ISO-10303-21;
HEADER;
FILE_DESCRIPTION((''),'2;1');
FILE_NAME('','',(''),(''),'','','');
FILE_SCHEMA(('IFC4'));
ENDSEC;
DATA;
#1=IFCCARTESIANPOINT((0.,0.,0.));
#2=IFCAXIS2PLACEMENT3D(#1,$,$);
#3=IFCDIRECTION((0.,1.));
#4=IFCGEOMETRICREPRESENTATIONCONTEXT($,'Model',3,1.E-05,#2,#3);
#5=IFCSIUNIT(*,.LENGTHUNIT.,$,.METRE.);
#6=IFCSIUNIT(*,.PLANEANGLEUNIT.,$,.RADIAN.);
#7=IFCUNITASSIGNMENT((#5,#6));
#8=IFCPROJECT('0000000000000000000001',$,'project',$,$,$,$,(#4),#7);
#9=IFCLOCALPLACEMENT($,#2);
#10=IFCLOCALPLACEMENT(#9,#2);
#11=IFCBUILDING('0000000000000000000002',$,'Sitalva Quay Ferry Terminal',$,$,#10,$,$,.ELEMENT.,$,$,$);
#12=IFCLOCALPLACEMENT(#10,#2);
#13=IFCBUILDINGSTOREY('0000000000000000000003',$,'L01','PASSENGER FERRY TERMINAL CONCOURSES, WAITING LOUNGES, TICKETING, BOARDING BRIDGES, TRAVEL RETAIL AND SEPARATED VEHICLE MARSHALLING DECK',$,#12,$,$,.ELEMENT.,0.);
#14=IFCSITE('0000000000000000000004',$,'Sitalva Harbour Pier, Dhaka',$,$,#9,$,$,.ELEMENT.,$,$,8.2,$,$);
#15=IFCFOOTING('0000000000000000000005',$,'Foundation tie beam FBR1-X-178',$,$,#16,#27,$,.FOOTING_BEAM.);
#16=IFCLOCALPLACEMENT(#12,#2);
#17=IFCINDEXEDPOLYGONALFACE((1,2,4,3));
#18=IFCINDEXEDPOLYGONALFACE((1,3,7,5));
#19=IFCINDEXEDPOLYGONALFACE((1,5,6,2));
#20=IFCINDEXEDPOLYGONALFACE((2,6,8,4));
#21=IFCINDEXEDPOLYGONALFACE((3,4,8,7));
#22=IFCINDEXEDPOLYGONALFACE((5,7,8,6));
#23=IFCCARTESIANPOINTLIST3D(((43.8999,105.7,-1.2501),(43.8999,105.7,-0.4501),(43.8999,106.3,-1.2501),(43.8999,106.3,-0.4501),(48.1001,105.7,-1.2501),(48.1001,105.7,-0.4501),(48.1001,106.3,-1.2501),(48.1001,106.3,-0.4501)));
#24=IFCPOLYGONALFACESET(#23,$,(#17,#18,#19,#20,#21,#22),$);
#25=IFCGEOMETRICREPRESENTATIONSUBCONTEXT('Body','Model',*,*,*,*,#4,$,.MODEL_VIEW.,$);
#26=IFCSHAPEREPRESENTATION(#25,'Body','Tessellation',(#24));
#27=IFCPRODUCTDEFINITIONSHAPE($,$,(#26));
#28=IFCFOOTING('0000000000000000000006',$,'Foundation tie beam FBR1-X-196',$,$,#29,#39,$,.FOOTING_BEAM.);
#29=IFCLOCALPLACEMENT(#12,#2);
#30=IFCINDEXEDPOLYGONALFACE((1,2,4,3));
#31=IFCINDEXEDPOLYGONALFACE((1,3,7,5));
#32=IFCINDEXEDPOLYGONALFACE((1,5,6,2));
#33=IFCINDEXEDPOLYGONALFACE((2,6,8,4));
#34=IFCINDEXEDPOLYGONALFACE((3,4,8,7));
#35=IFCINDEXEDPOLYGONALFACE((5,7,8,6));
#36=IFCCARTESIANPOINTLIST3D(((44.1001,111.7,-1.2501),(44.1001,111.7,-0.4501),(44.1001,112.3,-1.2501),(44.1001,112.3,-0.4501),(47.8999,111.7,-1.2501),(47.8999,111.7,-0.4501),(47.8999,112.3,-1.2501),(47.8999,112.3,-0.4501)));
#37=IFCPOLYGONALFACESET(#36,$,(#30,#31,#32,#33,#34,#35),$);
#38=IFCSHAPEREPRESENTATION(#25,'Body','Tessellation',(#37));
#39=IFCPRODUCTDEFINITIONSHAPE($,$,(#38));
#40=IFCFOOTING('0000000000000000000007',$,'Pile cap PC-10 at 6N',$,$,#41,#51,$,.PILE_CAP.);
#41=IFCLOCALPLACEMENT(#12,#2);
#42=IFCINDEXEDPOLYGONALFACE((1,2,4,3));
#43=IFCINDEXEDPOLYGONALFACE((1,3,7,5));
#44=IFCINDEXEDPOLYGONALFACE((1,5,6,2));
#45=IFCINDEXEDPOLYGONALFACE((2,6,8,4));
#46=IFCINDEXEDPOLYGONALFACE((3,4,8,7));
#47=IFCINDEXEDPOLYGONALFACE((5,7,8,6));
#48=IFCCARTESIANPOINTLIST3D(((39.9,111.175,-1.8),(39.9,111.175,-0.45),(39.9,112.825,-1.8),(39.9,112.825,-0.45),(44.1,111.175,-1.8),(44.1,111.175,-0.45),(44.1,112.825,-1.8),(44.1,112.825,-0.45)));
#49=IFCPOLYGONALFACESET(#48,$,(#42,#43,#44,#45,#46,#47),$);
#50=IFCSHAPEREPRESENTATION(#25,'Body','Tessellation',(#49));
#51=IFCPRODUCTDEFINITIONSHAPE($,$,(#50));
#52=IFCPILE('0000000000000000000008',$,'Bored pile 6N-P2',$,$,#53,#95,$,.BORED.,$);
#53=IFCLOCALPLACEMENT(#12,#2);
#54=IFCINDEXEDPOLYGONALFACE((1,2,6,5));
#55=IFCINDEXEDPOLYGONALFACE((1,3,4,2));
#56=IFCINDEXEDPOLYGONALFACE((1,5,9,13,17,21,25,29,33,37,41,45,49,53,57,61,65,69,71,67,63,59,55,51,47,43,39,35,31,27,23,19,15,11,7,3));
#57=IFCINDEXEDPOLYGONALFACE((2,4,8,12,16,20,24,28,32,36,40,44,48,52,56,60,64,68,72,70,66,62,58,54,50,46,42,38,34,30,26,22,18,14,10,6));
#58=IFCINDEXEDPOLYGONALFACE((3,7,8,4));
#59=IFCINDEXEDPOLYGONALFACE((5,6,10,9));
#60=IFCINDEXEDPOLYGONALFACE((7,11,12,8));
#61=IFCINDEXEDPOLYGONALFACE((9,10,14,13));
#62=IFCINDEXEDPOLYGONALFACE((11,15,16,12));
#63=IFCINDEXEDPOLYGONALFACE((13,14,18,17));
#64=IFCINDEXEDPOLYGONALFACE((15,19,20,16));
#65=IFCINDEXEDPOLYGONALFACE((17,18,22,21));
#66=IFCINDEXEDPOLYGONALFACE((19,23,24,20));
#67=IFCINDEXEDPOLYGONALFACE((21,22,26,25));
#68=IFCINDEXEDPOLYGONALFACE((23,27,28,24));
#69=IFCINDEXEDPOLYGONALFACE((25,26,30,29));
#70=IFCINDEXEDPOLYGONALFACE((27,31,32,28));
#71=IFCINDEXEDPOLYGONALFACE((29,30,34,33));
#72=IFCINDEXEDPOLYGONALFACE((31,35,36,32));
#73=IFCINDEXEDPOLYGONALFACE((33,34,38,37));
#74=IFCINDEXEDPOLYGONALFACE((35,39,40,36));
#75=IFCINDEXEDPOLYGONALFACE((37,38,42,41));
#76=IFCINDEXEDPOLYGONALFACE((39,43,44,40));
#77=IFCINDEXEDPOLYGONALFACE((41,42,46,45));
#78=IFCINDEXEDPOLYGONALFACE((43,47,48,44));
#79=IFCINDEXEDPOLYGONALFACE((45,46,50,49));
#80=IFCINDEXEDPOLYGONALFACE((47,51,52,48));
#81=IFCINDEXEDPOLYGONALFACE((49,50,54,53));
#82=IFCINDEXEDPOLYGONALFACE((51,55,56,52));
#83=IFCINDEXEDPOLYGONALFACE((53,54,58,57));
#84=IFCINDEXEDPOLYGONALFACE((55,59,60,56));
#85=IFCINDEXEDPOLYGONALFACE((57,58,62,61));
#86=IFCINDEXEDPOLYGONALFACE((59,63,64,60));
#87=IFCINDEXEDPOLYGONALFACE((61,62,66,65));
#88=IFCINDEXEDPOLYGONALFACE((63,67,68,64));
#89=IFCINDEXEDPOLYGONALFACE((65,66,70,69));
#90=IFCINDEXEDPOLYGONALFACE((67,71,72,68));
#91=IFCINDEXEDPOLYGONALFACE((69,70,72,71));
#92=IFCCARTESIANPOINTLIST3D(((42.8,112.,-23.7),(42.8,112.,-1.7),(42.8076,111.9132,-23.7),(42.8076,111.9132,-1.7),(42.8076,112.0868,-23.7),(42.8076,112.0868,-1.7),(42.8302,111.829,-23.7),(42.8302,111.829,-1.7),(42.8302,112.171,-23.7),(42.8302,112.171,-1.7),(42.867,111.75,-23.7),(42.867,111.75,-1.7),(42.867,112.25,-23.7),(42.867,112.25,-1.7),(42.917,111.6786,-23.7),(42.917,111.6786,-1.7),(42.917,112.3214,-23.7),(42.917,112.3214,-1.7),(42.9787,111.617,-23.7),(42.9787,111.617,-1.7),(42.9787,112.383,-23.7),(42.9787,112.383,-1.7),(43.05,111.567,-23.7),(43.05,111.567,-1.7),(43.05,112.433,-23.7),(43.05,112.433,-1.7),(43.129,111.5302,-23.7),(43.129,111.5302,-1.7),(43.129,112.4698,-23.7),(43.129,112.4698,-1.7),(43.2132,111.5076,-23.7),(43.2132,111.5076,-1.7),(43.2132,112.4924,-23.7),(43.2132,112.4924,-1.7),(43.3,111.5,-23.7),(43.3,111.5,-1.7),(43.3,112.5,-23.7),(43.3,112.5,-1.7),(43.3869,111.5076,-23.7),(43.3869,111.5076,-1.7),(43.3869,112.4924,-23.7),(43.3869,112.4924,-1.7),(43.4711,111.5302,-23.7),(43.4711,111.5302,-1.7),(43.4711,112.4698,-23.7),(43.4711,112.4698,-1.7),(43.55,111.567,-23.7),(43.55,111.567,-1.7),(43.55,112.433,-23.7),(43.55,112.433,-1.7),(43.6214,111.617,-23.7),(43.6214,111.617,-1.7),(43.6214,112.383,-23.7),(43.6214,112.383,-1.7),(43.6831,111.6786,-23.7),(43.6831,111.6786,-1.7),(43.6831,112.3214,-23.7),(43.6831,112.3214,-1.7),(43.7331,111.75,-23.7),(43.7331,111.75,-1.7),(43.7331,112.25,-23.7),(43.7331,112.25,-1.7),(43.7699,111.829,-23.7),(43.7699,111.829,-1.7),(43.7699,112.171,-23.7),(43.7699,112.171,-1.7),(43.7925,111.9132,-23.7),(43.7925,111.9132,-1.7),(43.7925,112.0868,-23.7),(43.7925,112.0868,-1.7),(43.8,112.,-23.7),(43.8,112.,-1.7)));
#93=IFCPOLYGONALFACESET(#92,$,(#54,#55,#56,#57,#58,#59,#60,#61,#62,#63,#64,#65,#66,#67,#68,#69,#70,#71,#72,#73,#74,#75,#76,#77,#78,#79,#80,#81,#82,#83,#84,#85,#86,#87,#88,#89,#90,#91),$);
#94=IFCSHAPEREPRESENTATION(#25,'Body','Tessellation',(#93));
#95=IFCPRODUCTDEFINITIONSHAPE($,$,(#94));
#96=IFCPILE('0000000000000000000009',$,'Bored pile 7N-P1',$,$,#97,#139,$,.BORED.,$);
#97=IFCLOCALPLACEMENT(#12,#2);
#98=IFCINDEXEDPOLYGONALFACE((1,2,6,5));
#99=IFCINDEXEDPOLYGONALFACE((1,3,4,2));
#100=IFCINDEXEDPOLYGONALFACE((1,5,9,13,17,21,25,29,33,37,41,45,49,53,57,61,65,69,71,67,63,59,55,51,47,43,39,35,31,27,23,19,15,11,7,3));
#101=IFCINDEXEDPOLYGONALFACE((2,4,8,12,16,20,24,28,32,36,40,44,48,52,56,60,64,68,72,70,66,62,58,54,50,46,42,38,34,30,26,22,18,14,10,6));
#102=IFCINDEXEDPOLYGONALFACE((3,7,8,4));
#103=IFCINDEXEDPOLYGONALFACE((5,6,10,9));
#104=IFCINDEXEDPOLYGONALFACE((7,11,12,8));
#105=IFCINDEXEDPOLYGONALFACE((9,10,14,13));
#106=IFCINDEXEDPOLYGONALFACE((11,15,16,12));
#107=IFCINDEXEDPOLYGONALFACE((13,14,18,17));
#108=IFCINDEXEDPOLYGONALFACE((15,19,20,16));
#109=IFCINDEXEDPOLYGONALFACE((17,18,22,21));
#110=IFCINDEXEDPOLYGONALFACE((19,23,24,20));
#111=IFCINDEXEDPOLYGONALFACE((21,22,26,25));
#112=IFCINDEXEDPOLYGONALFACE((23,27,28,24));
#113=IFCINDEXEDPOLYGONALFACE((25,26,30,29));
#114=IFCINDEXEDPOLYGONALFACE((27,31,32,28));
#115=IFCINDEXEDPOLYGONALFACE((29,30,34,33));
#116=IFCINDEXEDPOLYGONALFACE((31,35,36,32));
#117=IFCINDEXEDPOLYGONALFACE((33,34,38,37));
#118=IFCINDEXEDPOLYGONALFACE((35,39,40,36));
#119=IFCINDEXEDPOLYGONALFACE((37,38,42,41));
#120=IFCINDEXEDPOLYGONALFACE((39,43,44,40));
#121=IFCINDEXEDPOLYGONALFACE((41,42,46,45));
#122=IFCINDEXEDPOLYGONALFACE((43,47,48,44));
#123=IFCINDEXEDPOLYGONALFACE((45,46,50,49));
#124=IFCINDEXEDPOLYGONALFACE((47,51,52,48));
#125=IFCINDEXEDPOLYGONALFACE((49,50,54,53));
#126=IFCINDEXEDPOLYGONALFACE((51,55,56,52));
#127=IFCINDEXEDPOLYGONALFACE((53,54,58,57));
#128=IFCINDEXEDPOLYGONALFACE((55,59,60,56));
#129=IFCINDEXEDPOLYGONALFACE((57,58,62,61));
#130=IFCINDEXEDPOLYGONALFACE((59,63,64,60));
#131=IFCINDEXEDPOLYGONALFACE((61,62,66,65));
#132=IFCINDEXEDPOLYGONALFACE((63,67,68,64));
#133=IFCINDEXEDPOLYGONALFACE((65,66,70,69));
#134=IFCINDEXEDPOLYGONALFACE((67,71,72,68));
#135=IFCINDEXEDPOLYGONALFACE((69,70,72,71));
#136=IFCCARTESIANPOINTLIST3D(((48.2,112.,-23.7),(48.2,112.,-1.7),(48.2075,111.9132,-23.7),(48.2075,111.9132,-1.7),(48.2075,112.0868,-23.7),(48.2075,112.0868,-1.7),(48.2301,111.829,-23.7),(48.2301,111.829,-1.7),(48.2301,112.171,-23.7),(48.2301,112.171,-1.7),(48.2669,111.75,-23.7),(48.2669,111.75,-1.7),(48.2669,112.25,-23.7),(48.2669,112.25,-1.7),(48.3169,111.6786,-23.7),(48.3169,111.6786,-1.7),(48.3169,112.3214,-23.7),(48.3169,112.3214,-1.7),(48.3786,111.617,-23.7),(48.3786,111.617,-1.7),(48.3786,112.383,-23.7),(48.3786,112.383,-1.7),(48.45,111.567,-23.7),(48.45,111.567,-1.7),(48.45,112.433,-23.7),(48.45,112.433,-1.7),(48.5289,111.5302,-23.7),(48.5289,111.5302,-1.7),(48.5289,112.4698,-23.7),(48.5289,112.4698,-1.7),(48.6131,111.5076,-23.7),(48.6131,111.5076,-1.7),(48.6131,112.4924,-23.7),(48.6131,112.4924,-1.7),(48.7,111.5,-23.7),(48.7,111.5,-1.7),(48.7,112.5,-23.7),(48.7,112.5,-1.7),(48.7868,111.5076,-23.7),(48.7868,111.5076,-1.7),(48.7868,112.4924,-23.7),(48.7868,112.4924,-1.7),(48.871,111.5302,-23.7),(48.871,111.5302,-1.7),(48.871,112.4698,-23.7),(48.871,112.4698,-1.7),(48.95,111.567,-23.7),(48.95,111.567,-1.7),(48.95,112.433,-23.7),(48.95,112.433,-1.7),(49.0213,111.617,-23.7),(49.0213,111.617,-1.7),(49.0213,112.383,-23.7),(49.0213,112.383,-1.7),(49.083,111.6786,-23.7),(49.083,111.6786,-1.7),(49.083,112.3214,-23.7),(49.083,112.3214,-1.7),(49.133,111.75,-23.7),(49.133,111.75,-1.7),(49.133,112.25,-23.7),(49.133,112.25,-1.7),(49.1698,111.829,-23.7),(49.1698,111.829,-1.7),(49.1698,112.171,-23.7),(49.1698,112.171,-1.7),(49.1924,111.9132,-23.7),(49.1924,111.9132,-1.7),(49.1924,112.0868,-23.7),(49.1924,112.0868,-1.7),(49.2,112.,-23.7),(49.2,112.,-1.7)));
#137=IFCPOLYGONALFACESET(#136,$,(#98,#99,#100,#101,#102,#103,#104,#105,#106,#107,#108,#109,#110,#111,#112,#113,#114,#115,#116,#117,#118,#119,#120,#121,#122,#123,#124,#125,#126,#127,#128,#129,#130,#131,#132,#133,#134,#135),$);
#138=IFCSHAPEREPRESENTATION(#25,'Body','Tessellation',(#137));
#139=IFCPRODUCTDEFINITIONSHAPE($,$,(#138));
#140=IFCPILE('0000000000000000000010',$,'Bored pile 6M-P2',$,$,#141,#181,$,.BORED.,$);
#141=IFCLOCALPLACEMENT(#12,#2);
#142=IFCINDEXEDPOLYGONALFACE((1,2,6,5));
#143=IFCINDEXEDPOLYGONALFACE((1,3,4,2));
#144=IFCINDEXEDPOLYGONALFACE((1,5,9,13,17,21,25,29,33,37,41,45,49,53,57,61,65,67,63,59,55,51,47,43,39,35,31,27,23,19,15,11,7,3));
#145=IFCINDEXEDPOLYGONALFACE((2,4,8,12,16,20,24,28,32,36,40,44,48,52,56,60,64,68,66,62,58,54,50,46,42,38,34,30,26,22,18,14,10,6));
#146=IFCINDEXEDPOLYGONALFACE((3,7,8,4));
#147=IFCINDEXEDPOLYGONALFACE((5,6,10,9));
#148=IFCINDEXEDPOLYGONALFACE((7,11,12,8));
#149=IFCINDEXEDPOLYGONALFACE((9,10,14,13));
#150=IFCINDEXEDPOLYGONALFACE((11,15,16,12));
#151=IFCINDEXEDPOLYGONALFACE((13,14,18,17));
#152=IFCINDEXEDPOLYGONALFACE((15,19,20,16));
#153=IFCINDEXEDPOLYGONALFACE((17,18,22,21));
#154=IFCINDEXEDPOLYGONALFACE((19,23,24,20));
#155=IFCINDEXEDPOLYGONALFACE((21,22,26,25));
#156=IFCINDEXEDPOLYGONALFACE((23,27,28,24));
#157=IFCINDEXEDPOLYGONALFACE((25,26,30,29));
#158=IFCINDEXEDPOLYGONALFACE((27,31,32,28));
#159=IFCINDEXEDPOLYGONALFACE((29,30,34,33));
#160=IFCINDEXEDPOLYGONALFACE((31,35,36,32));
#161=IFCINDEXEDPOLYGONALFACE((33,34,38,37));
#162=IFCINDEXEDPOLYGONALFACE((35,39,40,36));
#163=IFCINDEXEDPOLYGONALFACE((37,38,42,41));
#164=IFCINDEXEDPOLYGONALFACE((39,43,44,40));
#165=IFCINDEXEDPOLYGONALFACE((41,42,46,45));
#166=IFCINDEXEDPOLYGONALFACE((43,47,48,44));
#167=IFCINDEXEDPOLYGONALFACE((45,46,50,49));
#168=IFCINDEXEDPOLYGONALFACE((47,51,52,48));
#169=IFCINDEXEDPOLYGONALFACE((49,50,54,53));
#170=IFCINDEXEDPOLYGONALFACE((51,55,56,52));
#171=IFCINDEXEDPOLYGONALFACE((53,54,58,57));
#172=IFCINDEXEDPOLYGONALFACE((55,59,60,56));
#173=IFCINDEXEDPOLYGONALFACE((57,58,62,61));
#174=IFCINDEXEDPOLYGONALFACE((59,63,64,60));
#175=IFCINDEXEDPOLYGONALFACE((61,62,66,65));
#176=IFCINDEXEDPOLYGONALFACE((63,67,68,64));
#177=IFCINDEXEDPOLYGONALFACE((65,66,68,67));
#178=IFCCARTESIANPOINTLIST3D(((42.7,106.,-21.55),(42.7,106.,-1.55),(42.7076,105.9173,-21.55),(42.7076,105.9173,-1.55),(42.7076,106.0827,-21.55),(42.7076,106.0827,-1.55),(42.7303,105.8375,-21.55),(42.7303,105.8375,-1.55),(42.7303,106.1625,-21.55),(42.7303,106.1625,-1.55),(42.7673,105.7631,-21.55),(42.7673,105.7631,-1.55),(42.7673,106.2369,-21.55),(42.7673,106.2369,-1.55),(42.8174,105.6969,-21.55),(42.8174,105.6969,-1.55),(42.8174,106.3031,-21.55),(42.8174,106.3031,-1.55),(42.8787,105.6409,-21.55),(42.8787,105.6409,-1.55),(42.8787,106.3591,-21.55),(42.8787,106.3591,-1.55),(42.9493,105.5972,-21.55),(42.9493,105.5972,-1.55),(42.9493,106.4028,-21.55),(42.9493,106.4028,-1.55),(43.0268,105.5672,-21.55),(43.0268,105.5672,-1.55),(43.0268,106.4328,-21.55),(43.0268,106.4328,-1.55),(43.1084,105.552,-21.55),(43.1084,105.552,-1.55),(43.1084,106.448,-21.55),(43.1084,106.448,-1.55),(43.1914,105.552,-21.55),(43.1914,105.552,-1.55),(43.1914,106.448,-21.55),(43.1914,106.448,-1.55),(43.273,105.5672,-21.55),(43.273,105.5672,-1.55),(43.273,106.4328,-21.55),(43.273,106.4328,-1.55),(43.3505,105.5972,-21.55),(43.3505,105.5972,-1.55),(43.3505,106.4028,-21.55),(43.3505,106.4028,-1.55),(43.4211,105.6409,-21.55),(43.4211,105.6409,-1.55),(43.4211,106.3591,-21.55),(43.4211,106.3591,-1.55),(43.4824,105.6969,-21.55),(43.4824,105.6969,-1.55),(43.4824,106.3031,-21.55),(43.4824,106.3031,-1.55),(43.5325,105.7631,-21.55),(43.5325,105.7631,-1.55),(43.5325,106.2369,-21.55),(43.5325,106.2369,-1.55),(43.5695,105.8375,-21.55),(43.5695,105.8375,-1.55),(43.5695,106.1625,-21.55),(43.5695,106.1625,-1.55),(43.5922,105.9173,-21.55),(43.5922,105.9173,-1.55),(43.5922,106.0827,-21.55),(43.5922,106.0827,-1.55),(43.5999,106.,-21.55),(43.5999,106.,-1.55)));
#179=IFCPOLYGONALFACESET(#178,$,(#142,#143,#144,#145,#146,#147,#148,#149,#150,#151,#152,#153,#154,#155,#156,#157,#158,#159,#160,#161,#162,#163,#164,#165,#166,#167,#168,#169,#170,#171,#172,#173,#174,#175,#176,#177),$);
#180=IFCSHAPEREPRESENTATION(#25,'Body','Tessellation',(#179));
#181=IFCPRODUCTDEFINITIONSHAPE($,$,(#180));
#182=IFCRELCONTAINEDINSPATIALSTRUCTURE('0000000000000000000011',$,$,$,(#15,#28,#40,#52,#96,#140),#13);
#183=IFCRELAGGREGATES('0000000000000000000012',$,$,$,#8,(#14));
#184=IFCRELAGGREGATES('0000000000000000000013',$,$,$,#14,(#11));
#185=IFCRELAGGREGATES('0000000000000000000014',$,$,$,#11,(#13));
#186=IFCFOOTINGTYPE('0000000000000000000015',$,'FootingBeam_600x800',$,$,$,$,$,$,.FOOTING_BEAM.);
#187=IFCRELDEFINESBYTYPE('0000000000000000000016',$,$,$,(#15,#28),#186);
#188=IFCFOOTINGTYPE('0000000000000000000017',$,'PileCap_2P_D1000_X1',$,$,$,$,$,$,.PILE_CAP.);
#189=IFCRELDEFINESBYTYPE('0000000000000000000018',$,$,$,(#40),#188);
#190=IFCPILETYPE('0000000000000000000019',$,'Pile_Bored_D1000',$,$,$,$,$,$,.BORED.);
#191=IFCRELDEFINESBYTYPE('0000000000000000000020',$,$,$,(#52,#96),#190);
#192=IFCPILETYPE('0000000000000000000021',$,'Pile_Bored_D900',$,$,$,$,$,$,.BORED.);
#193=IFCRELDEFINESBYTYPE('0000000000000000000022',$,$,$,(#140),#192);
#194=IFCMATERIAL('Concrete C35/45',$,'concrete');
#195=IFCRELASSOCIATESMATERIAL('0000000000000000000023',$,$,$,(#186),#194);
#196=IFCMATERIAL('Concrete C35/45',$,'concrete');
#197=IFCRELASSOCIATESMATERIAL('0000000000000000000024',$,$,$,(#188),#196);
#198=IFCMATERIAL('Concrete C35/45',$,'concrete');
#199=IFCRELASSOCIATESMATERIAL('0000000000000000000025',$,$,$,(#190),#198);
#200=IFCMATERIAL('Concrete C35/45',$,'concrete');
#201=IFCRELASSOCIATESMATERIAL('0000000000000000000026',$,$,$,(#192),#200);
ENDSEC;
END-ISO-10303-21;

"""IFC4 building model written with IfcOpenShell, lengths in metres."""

from ifc_helpers import new_model, si_unit, direction, frame, origin, origin_2d, place, context, subcontext, project, spatial, rectangle, circle, extrude, material, material_profile, profile_set, type_object, element, save


model = new_model("IFC4")

# Units and contexts
model_context = context("Model", 3, precision=1e-05, world=origin(), true_north=direction((0.0, 1.0)))
body_context = subcontext(model_context, "Body", "Model", "MODEL_VIEW")
ifc_project = project(units=[si_unit("LENGTHUNIT", "METRE"), si_unit("PLANEANGLEUNIT", "RADIAN")], contexts=[model_context])

# Site, building, storey
site_placement = place(None, origin())
site = spatial("IfcSite", under=ifc_project, at=site_placement, Name="Sitalva Harbour Pier, Dhaka", CompositionType="ELEMENT", RefElevation=8.2)
building_placement = place(site_placement, origin())
building = spatial("IfcBuilding", under=site, at=building_placement, Name="Sitalva Quay Ferry Terminal", CompositionType="ELEMENT")
storey_placement = place(building_placement, origin())
storey = spatial("IfcBuildingStorey", under=building, at=storey_placement, Name="L01", Description="PASSENGER FERRY TERMINAL CONCOURSES, WAITING LOUNGES, TICKETING, BOARDING BRIDGES, TRAVEL RETAIL AND SEPARATED VEHICLE MARSHALLING DECK", CompositionType="ELEMENT", Elevation=0.0)

# Footings
ifc_material_1 = material(Name="Concrete C35/45", Category="concrete")
ifc_material_profile_1 = material_profile(ifc_material_1, rectangle(XDim=0.6001, YDim=0.8, at=origin_2d()), Name="RC600x800")
ifc_profile_set_1 = profile_set([ifc_material_profile_1], Name="Concrete C35/45")
footing_type_1 = type_object("IfcFootingType", Name="FootingBeam_600x800", PredefinedType="FOOTING_BEAM", material=ifc_profile_set_1)
footing_1_placement = place(storey_placement, frame((43.8999, 106.0, -0.8501), z_axis=(1.0, 0.0, 0.0), x_axis=(0.0, 1.0, 0.0)))
element("IfcFooting", 1, at=footing_1_placement, inside=storey, type_object=footing_type_1, Name="Foundation tie beam FBR1-X-178", PredefinedType="FOOTING_BEAM", context=body_context, shape_type="SweptSolid", body=[
    extrude(rectangle(XDim=0.6001, YDim=0.8, at=origin_2d()), origin(), (0.0, 0.0, 1.0), 4.2002),
])
footing_2_placement = place(storey_placement, frame((44.1001, 112.0, -0.8501), z_axis=(1.0, 0.0, 0.0), x_axis=(0.0, 1.0, 0.0)))
element("IfcFooting", 2, at=footing_2_placement, inside=storey, type_object=footing_type_1, Name="Foundation tie beam FBR1-X-196", PredefinedType="FOOTING_BEAM", context=body_context, shape_type="SweptSolid", body=[
    extrude(rectangle(XDim=0.6001, YDim=0.8, at=origin_2d()), origin(), (0.0, 0.0, 1.0), 3.7998),
])
ifc_material_2 = material(Name="Concrete C35/45", Category="concrete")
footing_type_2 = type_object("IfcFootingType", Name="PileCap_2P_D1000_X1", PredefinedType="PILE_CAP", material=ifc_material_2)
footing_3_placement = place(storey_placement, frame((42.0, 112.0, -1.8), z_axis=(0.0, 0.0, 1.0), x_axis=(1.0, 0.0, 0.0)))
element("IfcFooting", 3, at=footing_3_placement, inside=storey, type_object=footing_type_2, Name="Pile cap PC-10 at 6N", PredefinedType="PILE_CAP", context=body_context, shape_type="SweptSolid", body=[
    extrude(rectangle(XDim=4.2, YDim=1.6499, at=origin_2d()), origin(), (0.0, 0.0, 1.0), 1.3501),
])

# Piles
ifc_material_3 = material(Name="Concrete C35/45", Category="concrete")
ifc_material_profile_2 = material_profile(ifc_material_3, circle(Radius=0.5, at=origin_2d()), Name="PILE-D1000")
ifc_profile_set_2 = profile_set([ifc_material_profile_2], Name="Concrete C35/45")
pile_type_1 = type_object("IfcPileType", Name="Pile_Bored_D1000", PredefinedType="BORED", material=ifc_profile_set_2)
for number, where, z_axis, x_axis, name in (
    (4, (43.3, 112.0, -1.7), (0.0, 0.0, -1.0), (1.0, 0.0, 0.0), "Bored pile 6N-P2"),
    (5, (48.7, 112.0, -1.7), (0.0, 0.0, -1.0), (1.0, 0.0, 0.0), "Bored pile 7N-P1"),
):
    element("IfcPile", number, at=place(storey_placement, frame(where, z_axis=z_axis, x_axis=x_axis)), inside=storey, type_object=pile_type_1, Name=name, PredefinedType="BORED", context=body_context, shape_type="SweptSolid", body=[
        extrude(circle(Radius=0.5, at=origin_2d()), origin(), (0.0, 0.0, 1.0), 22.0),
    ])
ifc_material_4 = material(Name="Concrete C35/45", Category="concrete")
ifc_material_profile_3 = material_profile(ifc_material_4, circle(Radius=0.45, at=origin_2d()), Name="PILE-D900")
ifc_profile_set_3 = profile_set([ifc_material_profile_3], Name="Concrete C35/45")
pile_type_2 = type_object("IfcPileType", Name="Pile_Bored_D900", PredefinedType="BORED", material=ifc_profile_set_3)
for number, where, z_axis, x_axis, name in (
    (6, (43.1499, 106.0, -1.55), (0.0, 0.0, -1.0), (1.0, 0.0, 0.0), "Bored pile 6M-P2"),
):
    element("IfcPile", number, at=place(storey_placement, frame(where, z_axis=z_axis, x_axis=x_axis)), inside=storey, type_object=pile_type_2, Name=name, PredefinedType="BORED", context=body_context, shape_type="SweptSolid", body=[
        extrude(circle(Radius=0.45, at=origin_2d()), origin(), (0.0, 0.0, 1.0), 20.0),
    ])

save(model, "model.ifc")
